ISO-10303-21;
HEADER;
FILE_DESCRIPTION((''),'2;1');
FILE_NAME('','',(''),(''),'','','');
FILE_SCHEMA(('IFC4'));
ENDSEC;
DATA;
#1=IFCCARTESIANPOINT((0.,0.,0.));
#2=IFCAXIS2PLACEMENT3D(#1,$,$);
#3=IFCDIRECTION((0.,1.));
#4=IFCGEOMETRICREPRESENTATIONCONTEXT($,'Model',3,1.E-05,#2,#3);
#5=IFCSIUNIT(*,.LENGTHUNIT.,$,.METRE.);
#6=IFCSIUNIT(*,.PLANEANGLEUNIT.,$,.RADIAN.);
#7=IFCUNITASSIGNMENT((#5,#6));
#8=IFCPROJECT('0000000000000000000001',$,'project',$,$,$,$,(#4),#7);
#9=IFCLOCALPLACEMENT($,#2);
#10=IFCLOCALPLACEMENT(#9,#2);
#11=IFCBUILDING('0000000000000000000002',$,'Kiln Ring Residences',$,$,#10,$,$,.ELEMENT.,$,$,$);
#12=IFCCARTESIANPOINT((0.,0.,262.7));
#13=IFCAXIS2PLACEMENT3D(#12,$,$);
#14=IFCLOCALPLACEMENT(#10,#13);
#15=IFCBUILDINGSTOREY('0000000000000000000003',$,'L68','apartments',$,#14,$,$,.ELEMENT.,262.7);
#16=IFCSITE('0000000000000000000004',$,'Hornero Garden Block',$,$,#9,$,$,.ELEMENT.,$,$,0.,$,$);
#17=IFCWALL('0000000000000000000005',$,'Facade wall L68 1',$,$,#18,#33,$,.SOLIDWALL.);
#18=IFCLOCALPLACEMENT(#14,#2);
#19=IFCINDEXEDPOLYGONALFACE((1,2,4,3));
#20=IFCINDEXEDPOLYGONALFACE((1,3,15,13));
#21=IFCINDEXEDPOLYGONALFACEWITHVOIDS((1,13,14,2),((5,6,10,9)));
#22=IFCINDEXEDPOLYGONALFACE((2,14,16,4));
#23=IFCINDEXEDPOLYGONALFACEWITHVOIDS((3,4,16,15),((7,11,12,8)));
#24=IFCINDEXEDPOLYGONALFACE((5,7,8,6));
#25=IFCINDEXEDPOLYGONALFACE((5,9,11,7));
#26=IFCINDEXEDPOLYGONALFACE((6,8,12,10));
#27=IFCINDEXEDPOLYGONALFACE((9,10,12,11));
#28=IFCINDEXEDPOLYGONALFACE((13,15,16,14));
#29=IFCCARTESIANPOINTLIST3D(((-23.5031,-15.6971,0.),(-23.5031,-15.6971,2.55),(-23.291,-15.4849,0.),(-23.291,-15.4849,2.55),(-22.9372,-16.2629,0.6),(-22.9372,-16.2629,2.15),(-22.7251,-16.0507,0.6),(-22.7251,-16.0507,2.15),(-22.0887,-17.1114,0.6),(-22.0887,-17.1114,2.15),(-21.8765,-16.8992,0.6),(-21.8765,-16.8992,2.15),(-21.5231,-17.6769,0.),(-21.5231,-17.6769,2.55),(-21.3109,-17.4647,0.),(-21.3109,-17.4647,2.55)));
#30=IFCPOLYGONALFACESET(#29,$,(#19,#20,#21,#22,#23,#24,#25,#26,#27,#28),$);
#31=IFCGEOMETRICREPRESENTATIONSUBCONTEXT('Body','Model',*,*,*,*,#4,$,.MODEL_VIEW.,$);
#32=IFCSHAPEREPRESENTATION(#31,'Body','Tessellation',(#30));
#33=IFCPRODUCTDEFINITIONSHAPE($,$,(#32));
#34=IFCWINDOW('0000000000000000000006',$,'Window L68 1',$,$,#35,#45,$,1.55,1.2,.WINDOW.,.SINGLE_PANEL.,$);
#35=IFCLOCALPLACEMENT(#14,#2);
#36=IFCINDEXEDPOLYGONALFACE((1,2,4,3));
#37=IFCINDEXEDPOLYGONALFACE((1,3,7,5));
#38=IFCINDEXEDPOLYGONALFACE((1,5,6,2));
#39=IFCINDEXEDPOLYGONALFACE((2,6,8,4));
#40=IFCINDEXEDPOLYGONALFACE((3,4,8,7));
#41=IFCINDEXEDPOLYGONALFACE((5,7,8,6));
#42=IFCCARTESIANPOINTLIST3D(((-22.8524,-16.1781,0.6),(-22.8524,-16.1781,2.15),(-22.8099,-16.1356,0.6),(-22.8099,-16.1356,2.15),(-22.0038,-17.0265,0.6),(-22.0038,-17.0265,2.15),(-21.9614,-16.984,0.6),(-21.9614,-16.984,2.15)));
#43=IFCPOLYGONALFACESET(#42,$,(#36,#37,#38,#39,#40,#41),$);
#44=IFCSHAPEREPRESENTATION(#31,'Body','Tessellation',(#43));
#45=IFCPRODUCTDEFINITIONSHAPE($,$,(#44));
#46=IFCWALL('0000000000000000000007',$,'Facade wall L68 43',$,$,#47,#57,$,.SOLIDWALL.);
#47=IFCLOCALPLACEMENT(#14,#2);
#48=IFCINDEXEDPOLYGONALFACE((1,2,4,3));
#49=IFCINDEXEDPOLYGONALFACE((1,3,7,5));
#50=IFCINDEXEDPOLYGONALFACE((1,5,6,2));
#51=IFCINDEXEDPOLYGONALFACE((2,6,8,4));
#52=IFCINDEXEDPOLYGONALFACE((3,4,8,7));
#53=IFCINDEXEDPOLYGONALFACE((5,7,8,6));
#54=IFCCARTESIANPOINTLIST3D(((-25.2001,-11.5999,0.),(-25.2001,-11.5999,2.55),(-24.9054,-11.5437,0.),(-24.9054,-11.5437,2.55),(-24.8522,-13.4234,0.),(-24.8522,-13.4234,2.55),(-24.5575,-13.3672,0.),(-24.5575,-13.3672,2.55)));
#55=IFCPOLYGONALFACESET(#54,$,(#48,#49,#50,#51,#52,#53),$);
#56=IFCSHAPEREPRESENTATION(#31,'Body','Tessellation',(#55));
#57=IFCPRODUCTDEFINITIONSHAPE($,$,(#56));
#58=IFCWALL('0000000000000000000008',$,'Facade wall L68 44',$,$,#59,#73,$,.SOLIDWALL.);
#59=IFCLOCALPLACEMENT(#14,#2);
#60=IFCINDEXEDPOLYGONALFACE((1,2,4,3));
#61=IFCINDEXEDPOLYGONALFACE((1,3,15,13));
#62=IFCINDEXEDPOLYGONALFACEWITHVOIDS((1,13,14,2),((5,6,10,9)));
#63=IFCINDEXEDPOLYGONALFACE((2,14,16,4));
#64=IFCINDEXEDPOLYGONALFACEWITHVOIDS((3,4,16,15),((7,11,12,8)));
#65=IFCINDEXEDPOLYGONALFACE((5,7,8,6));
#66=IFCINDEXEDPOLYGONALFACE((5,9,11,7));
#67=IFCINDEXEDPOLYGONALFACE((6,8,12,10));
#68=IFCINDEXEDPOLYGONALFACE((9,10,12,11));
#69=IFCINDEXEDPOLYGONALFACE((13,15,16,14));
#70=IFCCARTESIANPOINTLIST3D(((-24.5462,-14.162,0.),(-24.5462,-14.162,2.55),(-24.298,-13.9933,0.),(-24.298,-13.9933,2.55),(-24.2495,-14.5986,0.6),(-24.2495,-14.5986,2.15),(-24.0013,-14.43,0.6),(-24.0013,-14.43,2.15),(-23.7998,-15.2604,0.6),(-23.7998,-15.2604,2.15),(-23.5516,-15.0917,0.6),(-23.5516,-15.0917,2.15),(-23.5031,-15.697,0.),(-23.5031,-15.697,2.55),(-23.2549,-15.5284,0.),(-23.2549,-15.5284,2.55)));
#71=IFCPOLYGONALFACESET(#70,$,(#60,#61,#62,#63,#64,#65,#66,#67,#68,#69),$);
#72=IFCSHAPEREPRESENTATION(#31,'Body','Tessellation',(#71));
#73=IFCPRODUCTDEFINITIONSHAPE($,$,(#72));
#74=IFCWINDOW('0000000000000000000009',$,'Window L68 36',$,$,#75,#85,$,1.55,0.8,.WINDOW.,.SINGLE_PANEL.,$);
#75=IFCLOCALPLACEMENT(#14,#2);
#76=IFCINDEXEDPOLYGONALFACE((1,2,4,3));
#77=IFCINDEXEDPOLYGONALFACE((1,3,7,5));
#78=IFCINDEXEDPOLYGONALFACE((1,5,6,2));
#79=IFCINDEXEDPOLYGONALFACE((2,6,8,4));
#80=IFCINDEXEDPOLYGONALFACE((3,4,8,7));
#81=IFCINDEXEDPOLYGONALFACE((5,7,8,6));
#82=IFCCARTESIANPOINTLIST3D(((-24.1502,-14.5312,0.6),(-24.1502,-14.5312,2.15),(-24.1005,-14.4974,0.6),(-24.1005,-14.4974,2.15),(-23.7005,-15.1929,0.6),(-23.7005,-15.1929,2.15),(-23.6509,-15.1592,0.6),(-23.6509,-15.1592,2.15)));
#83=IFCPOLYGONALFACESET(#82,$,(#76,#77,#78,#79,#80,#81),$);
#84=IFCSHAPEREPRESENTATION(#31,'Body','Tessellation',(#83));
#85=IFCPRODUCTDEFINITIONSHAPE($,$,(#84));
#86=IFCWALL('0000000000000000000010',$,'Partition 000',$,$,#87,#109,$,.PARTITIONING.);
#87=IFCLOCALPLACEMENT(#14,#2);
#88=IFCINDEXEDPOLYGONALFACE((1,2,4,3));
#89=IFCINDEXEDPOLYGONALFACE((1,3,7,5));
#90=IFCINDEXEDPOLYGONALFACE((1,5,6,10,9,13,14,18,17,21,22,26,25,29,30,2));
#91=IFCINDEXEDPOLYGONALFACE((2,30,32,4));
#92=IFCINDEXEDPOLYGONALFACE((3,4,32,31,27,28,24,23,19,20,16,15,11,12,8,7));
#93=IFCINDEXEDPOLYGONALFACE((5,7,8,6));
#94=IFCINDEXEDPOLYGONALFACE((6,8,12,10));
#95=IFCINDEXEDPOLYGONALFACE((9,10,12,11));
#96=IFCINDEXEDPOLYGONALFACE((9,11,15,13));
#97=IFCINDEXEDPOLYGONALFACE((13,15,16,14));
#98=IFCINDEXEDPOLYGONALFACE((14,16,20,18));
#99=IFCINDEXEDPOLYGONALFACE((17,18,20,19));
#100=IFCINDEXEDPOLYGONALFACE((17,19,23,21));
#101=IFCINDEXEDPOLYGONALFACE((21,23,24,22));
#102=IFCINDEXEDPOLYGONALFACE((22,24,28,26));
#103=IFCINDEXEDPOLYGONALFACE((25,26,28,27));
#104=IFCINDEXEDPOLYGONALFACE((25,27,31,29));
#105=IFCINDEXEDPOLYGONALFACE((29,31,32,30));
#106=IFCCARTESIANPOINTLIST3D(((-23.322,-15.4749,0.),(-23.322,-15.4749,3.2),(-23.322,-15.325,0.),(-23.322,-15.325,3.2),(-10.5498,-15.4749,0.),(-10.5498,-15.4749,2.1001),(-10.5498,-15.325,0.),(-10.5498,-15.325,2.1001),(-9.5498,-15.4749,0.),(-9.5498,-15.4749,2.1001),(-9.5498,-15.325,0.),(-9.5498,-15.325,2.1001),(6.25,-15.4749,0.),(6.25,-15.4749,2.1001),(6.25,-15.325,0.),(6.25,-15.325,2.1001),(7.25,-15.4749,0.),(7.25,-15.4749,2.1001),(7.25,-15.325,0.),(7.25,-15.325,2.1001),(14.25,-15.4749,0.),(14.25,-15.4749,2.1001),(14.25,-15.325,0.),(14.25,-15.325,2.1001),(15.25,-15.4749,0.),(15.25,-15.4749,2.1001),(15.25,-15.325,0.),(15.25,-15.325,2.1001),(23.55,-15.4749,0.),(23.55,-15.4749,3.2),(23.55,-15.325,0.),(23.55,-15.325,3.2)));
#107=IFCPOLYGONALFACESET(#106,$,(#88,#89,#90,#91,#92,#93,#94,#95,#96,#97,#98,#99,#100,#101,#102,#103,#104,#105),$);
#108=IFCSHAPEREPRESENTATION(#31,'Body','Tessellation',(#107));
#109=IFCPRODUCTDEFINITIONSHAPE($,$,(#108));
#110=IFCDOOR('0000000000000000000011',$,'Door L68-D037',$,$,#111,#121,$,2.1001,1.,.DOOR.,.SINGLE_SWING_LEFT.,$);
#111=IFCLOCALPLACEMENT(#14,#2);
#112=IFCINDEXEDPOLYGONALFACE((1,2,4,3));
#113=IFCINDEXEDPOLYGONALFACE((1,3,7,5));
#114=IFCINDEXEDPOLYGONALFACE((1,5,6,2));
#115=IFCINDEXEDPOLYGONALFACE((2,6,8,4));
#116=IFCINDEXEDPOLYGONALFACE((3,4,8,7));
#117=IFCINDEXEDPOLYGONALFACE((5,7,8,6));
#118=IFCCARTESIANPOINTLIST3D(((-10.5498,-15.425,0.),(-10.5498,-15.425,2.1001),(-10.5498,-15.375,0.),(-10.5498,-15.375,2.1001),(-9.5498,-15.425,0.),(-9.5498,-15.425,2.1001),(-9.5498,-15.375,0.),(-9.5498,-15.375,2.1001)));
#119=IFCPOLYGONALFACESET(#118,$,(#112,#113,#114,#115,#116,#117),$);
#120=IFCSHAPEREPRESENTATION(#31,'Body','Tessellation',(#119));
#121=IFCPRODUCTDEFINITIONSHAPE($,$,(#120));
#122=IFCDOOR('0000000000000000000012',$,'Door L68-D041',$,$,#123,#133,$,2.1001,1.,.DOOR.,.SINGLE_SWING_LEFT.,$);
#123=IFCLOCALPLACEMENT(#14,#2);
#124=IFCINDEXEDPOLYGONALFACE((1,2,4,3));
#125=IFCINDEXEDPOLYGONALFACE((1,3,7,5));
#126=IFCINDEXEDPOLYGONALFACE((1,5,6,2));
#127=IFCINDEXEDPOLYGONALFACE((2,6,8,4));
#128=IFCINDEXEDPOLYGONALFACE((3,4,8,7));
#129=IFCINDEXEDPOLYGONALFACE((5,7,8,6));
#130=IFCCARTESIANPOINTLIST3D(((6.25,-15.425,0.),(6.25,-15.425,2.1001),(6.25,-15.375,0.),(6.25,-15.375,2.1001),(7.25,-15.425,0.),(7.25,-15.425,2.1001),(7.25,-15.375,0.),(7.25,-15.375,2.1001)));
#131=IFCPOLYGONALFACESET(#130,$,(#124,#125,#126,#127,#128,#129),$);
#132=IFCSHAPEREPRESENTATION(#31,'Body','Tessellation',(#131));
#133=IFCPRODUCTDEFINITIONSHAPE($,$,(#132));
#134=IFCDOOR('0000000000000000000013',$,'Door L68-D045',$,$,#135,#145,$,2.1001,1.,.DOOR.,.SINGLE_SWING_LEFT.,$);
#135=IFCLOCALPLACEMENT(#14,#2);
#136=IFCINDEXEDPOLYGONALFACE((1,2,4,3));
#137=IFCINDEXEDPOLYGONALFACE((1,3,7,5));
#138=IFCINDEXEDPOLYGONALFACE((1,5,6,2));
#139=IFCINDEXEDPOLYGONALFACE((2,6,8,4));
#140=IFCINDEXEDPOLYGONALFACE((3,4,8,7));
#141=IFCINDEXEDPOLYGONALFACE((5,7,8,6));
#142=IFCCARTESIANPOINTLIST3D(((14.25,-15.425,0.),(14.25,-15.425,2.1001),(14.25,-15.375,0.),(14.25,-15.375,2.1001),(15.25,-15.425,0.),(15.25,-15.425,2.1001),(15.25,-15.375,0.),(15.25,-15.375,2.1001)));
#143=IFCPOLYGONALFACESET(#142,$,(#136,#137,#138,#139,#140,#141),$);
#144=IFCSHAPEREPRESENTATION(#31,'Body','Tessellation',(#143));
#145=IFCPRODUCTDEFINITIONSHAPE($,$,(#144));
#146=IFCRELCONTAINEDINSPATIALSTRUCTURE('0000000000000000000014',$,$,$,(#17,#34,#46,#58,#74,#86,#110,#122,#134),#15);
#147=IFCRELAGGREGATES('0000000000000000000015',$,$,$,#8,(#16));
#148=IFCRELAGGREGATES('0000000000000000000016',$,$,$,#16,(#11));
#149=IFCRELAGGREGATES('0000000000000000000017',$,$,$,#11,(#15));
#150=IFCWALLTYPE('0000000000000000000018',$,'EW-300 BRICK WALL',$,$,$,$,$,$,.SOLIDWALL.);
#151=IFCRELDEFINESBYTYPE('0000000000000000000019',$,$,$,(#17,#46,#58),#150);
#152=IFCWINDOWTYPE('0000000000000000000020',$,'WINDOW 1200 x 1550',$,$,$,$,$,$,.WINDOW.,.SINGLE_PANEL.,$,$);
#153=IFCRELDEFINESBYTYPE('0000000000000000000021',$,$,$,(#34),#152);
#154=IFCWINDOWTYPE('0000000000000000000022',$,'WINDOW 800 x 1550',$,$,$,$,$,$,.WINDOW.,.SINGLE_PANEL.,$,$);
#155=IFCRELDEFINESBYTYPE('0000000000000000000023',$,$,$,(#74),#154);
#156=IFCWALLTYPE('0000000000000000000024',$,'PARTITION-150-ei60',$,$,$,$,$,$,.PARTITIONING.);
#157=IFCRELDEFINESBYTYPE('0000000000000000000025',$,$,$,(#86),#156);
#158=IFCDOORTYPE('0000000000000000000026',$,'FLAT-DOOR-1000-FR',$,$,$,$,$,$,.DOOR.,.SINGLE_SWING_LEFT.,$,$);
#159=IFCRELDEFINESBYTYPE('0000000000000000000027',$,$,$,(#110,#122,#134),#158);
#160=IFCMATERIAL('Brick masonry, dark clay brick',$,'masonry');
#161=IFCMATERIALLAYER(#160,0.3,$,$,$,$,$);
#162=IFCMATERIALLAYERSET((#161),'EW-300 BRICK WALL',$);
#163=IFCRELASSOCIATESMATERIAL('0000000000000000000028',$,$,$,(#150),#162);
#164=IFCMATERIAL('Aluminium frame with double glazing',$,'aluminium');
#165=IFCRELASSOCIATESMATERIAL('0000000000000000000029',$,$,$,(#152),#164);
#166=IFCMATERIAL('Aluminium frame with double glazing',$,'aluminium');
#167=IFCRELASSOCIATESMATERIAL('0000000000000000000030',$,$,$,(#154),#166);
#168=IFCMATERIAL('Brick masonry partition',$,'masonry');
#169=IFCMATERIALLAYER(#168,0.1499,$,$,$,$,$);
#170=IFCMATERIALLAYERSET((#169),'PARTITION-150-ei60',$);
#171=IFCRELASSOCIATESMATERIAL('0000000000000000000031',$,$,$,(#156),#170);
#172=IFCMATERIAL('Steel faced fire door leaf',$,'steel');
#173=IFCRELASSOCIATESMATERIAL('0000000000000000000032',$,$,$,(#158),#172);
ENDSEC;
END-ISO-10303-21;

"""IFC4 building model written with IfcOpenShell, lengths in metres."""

from ifc_helpers import new_model, si_unit, direction, frame, frame_2d, origin, place, context, subcontext, project, spatial, rectangle, extrude, material, layer, layer_set, type_object, element, fill, save


model = new_model("IFC4")

# Units and contexts
model_context = context("Model", 3, precision=1e-05, world=origin(), true_north=direction((0.0, 1.0)))
body_context = subcontext(model_context, "Body", "Model", "MODEL_VIEW")
ifc_project = project(units=[si_unit("LENGTHUNIT", "METRE"), si_unit("PLANEANGLEUNIT", "RADIAN")], contexts=[model_context])

# Site, building, storey
site_placement = place(None, origin())
site = spatial("IfcSite", under=ifc_project, at=site_placement, Name="Hornero Garden Block", CompositionType="ELEMENT", RefElevation=0.0)
building_placement = place(site_placement, origin())
building = spatial("IfcBuilding", under=site, at=building_placement, Name="Kiln Ring Residences", CompositionType="ELEMENT")
storey_placement = place(building_placement, frame((0.0, 0.0, 262.7)))
storey = spatial("IfcBuildingStorey", under=building, at=storey_placement, Name="L68", Description="apartments", CompositionType="ELEMENT", Elevation=262.7)

# Wall, opening, window
ifc_material_1 = material(Name="Brick masonry, dark clay brick", Category="masonry")
ifc_layer_1 = layer(ifc_material_1, 0.3)
ifc_layer_set_1 = layer_set([ifc_layer_1], Name="EW-300 BRICK WALL")
wall_type_1 = type_object("IfcWallType", Name="EW-300 BRICK WALL", PredefinedType="SOLIDWALL", material=ifc_layer_set_1)
wall_1_placement = place(storey_placement, frame((-23.397, -15.5911, 0.0), z_axis=(0.0, 0.0, 1.0), x_axis=(0.70715, -0.707063, 0.0)))
wall_1 = element("IfcWall", 1, at=wall_1_placement, inside=storey, type_object=wall_type_1, Name="Facade wall L68 1", PredefinedType="SOLIDWALL", context=body_context, shape_type="SweptSolid", body=[
    extrude(rectangle(XDim=2.8, YDim=0.3, at=frame_2d((1.3999, 0.0))), origin(), (0.0, 0.0, 1.0), 2.55),
])
opening_1_placement = place(wall_1_placement, frame((0.8, 0.0, 0.6001)))
opening_1 = element("IfcOpeningElement", 2, at=opening_1_placement, cuts=wall_1, PredefinedType="OPENING", context=body_context, shape_type="SweptSolid", body=[
    extrude(rectangle(XDim=1.2, YDim=1.55, at=frame_2d((0.6001, 0.7749))), frame((0.0, 0.1599, 0.0), z_axis=(0.0, -1.0, 0.0), x_axis=(1.0, 0.0, 0.0)), (0.0, 0.0, 1.0), 0.3201),
])
ifc_material_2 = material(Name="Aluminium frame with double glazing", Category="aluminium")
window_type_1 = type_object("IfcWindowType", Name="WINDOW 1200 x 1550", PartitioningType="SINGLE_PANEL", PredefinedType="WINDOW", material=ifc_material_2)
window_1_placement = place(opening_1_placement, origin())
window_1 = element("IfcWindow", 3, at=window_1_placement, inside=storey, type_object=window_type_1, Name="Window L68 1", OverallHeight=1.55, OverallWidth=1.2, PartitioningType="SINGLE_PANEL", PredefinedType="WINDOW", context=body_context, shape_type="SweptSolid", body=[
    extrude(rectangle(XDim=1.2, YDim=1.55, at=frame_2d((0.6001, 0.7749))), frame((0.0, 0.03, 0.0), z_axis=(0.0, -1.0, 0.0), x_axis=(1.0, 0.0, 0.0)), (0.0, 0.0, 1.0), 0.0601),
])
fill(opening_1, window_1)

# Wall
wall_2_placement = place(storey_placement, frame((-25.0527, -11.5718, 0.0), z_axis=(0.0, 0.0, 1.0), x_axis=(0.187408, -0.982282, 0.0)))
element("IfcWall", 4, at=wall_2_placement, inside=storey, type_object=wall_type_1, Name="Facade wall L68 43", PredefinedType="SOLIDWALL", context=body_context, shape_type="SweptSolid", body=[
    extrude(rectangle(XDim=1.8564, YDim=0.3, at=frame_2d((0.9282, 0.0))), origin(), (0.0, 0.0, 1.0), 2.55),
])

# Wall, opening, window
wall_3_placement = place(storey_placement, frame((-24.4221, -14.0776, 0.0), z_axis=(0.0, 0.0, 1.0), x_axis=(0.562055, -0.8271, 0.0)))
wall_3 = element("IfcWall", 5, at=wall_3_placement, inside=storey, type_object=wall_type_1, Name="Facade wall L68 44", PredefinedType="SOLIDWALL", context=body_context, shape_type="SweptSolid", body=[
    extrude(rectangle(XDim=1.856, YDim=0.3, at=frame_2d((0.928, 0.0))), origin(), (0.0, 0.0, 1.0), 2.55),
])
opening_2_placement = place(wall_3_placement, frame((0.5281, 0.0, 0.6001)))
opening_2 = element("IfcOpeningElement", 6, at=opening_2_placement, cuts=wall_3, PredefinedType="OPENING", context=body_context, shape_type="SweptSolid", body=[
    extrude(rectangle(XDim=0.8, YDim=1.55, at=frame_2d((0.3999, 0.7749))), frame((0.0, 0.1599, 0.0), z_axis=(0.0, -1.0, 0.0), x_axis=(1.0, 0.0, 0.0)), (0.0, 0.0, 1.0), 0.3201),
])
ifc_material_3 = material(Name="Aluminium frame with double glazing", Category="aluminium")
window_type_2 = type_object("IfcWindowType", Name="WINDOW 800 x 1550", PartitioningType="SINGLE_PANEL", PredefinedType="WINDOW", material=ifc_material_3)
window_2_placement = place(opening_2_placement, origin())
window_2 = element("IfcWindow", 7, at=window_2_placement, inside=storey, type_object=window_type_2, Name="Window L68 36", OverallHeight=1.55, OverallWidth=0.8, PartitioningType="SINGLE_PANEL", PredefinedType="WINDOW", context=body_context, shape_type="SweptSolid", body=[
    extrude(rectangle(XDim=0.8, YDim=1.55, at=frame_2d((0.3999, 0.7749))), frame((0.0, 0.03, 0.0), z_axis=(0.0, -1.0, 0.0), x_axis=(1.0, 0.0, 0.0)), (0.0, 0.0, 1.0), 0.0601),
])
fill(opening_2, window_2)

# Wall, openings, doors
ifc_material_4 = material(Name="Brick masonry partition", Category="masonry")
ifc_layer_2 = layer(ifc_material_4, 0.1499)
ifc_layer_set_2 = layer_set([ifc_layer_2], Name="PARTITION-150-ei60")
wall_type_2 = type_object("IfcWallType", Name="PARTITION-150-ei60", PredefinedType="PARTITIONING", material=ifc_layer_set_2)
wall_4_placement = place(storey_placement, frame((-23.322, -15.3999, 0.0), z_axis=(0.0, 0.0, 1.0), x_axis=(1.0, 0.0, 0.0)))
wall_4 = element("IfcWall", 8, at=wall_4_placement, inside=storey, type_object=wall_type_2, Name="Partition 000", PredefinedType="PARTITIONING", context=body_context, shape_type="SweptSolid", body=[
    extrude(rectangle(XDim=46.8721, YDim=0.1499, at=frame_2d((23.436, 0.0))), origin(), (0.0, 0.0, 1.0), 3.2),
])
opening_3_placement = place(wall_4_placement, frame((12.7722, 0.0, 0.0)))
opening_3 = element("IfcOpeningElement", 9, at=opening_3_placement, cuts=wall_4, PredefinedType="OPENING", context=body_context, shape_type="SweptSolid", body=[
    extrude(rectangle(XDim=1.0, YDim=2.1001, at=frame_2d((0.5, 1.05))), frame((0.0, 0.085, 0.0), z_axis=(0.0, -1.0, 0.0), x_axis=(1.0, 0.0, 0.0)), (0.0, 0.0, 1.0), 0.1699),
])
opening_4_placement = place(wall_4_placement, frame((29.572, 0.0, 0.0)))
opening_4 = element("IfcOpeningElement", 10, at=opening_4_placement, cuts=wall_4, PredefinedType="OPENING", context=body_context, shape_type="SweptSolid", body=[
    extrude(rectangle(XDim=1.0, YDim=2.1001, at=frame_2d((0.5, 1.05))), frame((0.0, 0.085, 0.0), z_axis=(0.0, -1.0, 0.0), x_axis=(1.0, 0.0, 0.0)), (0.0, 0.0, 1.0), 0.1699),
])
opening_5_placement = place(wall_4_placement, frame((37.572, 0.0, 0.0)))
opening_5 = element("IfcOpeningElement", 11, at=opening_5_placement, cuts=wall_4, PredefinedType="OPENING", context=body_context, shape_type="SweptSolid", body=[
    extrude(rectangle(XDim=1.0, YDim=2.1001, at=frame_2d((0.5, 1.05))), frame((0.0, 0.085, 0.0), z_axis=(0.0, -1.0, 0.0), x_axis=(1.0, 0.0, 0.0)), (0.0, 0.0, 1.0), 0.1699),
])
ifc_material_5 = material(Name="Steel faced fire door leaf", Category="steel")
door_type_1 = type_object("IfcDoorType", Name="FLAT-DOOR-1000-FR", OperationType="SINGLE_SWING_LEFT", PredefinedType="DOOR", material=ifc_material_5)
door_1_placement = place(opening_3_placement, origin())
door_1 = element("IfcDoor", 12, at=door_1_placement, inside=storey, type_object=door_type_1, Name="Door L68-D037", OperationType="SINGLE_SWING_LEFT", OverallHeight=2.1001, OverallWidth=1.0, PredefinedType="DOOR", context=body_context, shape_type="SweptSolid", body=[
    extrude(rectangle(XDim=1.0, YDim=2.1001, at=frame_2d((0.5, 1.05))), frame((0.0, 0.0249, 0.0), z_axis=(0.0, -1.0, 0.0), x_axis=(1.0, 0.0, 0.0)), (0.0, 0.0, 1.0), 0.05),
])
fill(opening_3, door_1)
door_2_placement = place(opening_4_placement, origin())
door_2 = element("IfcDoor", 13, at=door_2_placement, inside=storey, type_object=door_type_1, Name="Door L68-D041", OperationType="SINGLE_SWING_LEFT", OverallHeight=2.1001, OverallWidth=1.0, PredefinedType="DOOR", context=body_context, shape_type="SweptSolid", body=[
    extrude(rectangle(XDim=1.0, YDim=2.1001, at=frame_2d((0.5, 1.05))), frame((0.0, 0.0249, 0.0), z_axis=(0.0, -1.0, 0.0), x_axis=(1.0, 0.0, 0.0)), (0.0, 0.0, 1.0), 0.05),
])
fill(opening_4, door_2)
door_3_placement = place(opening_5_placement, origin())
door_3 = element("IfcDoor", 14, at=door_3_placement, inside=storey, type_object=door_type_1, Name="Door L68-D045", OperationType="SINGLE_SWING_LEFT", OverallHeight=2.1001, OverallWidth=1.0, PredefinedType="DOOR", context=body_context, shape_type="SweptSolid", body=[
    extrude(rectangle(XDim=1.0, YDim=2.1001, at=frame_2d((0.5, 1.05))), frame((0.0, 0.0249, 0.0), z_axis=(0.0, -1.0, 0.0), x_axis=(1.0, 0.0, 0.0)), (0.0, 0.0, 1.0), 0.05),
])
fill(opening_5, door_3)

save(model, "model.ifc")
